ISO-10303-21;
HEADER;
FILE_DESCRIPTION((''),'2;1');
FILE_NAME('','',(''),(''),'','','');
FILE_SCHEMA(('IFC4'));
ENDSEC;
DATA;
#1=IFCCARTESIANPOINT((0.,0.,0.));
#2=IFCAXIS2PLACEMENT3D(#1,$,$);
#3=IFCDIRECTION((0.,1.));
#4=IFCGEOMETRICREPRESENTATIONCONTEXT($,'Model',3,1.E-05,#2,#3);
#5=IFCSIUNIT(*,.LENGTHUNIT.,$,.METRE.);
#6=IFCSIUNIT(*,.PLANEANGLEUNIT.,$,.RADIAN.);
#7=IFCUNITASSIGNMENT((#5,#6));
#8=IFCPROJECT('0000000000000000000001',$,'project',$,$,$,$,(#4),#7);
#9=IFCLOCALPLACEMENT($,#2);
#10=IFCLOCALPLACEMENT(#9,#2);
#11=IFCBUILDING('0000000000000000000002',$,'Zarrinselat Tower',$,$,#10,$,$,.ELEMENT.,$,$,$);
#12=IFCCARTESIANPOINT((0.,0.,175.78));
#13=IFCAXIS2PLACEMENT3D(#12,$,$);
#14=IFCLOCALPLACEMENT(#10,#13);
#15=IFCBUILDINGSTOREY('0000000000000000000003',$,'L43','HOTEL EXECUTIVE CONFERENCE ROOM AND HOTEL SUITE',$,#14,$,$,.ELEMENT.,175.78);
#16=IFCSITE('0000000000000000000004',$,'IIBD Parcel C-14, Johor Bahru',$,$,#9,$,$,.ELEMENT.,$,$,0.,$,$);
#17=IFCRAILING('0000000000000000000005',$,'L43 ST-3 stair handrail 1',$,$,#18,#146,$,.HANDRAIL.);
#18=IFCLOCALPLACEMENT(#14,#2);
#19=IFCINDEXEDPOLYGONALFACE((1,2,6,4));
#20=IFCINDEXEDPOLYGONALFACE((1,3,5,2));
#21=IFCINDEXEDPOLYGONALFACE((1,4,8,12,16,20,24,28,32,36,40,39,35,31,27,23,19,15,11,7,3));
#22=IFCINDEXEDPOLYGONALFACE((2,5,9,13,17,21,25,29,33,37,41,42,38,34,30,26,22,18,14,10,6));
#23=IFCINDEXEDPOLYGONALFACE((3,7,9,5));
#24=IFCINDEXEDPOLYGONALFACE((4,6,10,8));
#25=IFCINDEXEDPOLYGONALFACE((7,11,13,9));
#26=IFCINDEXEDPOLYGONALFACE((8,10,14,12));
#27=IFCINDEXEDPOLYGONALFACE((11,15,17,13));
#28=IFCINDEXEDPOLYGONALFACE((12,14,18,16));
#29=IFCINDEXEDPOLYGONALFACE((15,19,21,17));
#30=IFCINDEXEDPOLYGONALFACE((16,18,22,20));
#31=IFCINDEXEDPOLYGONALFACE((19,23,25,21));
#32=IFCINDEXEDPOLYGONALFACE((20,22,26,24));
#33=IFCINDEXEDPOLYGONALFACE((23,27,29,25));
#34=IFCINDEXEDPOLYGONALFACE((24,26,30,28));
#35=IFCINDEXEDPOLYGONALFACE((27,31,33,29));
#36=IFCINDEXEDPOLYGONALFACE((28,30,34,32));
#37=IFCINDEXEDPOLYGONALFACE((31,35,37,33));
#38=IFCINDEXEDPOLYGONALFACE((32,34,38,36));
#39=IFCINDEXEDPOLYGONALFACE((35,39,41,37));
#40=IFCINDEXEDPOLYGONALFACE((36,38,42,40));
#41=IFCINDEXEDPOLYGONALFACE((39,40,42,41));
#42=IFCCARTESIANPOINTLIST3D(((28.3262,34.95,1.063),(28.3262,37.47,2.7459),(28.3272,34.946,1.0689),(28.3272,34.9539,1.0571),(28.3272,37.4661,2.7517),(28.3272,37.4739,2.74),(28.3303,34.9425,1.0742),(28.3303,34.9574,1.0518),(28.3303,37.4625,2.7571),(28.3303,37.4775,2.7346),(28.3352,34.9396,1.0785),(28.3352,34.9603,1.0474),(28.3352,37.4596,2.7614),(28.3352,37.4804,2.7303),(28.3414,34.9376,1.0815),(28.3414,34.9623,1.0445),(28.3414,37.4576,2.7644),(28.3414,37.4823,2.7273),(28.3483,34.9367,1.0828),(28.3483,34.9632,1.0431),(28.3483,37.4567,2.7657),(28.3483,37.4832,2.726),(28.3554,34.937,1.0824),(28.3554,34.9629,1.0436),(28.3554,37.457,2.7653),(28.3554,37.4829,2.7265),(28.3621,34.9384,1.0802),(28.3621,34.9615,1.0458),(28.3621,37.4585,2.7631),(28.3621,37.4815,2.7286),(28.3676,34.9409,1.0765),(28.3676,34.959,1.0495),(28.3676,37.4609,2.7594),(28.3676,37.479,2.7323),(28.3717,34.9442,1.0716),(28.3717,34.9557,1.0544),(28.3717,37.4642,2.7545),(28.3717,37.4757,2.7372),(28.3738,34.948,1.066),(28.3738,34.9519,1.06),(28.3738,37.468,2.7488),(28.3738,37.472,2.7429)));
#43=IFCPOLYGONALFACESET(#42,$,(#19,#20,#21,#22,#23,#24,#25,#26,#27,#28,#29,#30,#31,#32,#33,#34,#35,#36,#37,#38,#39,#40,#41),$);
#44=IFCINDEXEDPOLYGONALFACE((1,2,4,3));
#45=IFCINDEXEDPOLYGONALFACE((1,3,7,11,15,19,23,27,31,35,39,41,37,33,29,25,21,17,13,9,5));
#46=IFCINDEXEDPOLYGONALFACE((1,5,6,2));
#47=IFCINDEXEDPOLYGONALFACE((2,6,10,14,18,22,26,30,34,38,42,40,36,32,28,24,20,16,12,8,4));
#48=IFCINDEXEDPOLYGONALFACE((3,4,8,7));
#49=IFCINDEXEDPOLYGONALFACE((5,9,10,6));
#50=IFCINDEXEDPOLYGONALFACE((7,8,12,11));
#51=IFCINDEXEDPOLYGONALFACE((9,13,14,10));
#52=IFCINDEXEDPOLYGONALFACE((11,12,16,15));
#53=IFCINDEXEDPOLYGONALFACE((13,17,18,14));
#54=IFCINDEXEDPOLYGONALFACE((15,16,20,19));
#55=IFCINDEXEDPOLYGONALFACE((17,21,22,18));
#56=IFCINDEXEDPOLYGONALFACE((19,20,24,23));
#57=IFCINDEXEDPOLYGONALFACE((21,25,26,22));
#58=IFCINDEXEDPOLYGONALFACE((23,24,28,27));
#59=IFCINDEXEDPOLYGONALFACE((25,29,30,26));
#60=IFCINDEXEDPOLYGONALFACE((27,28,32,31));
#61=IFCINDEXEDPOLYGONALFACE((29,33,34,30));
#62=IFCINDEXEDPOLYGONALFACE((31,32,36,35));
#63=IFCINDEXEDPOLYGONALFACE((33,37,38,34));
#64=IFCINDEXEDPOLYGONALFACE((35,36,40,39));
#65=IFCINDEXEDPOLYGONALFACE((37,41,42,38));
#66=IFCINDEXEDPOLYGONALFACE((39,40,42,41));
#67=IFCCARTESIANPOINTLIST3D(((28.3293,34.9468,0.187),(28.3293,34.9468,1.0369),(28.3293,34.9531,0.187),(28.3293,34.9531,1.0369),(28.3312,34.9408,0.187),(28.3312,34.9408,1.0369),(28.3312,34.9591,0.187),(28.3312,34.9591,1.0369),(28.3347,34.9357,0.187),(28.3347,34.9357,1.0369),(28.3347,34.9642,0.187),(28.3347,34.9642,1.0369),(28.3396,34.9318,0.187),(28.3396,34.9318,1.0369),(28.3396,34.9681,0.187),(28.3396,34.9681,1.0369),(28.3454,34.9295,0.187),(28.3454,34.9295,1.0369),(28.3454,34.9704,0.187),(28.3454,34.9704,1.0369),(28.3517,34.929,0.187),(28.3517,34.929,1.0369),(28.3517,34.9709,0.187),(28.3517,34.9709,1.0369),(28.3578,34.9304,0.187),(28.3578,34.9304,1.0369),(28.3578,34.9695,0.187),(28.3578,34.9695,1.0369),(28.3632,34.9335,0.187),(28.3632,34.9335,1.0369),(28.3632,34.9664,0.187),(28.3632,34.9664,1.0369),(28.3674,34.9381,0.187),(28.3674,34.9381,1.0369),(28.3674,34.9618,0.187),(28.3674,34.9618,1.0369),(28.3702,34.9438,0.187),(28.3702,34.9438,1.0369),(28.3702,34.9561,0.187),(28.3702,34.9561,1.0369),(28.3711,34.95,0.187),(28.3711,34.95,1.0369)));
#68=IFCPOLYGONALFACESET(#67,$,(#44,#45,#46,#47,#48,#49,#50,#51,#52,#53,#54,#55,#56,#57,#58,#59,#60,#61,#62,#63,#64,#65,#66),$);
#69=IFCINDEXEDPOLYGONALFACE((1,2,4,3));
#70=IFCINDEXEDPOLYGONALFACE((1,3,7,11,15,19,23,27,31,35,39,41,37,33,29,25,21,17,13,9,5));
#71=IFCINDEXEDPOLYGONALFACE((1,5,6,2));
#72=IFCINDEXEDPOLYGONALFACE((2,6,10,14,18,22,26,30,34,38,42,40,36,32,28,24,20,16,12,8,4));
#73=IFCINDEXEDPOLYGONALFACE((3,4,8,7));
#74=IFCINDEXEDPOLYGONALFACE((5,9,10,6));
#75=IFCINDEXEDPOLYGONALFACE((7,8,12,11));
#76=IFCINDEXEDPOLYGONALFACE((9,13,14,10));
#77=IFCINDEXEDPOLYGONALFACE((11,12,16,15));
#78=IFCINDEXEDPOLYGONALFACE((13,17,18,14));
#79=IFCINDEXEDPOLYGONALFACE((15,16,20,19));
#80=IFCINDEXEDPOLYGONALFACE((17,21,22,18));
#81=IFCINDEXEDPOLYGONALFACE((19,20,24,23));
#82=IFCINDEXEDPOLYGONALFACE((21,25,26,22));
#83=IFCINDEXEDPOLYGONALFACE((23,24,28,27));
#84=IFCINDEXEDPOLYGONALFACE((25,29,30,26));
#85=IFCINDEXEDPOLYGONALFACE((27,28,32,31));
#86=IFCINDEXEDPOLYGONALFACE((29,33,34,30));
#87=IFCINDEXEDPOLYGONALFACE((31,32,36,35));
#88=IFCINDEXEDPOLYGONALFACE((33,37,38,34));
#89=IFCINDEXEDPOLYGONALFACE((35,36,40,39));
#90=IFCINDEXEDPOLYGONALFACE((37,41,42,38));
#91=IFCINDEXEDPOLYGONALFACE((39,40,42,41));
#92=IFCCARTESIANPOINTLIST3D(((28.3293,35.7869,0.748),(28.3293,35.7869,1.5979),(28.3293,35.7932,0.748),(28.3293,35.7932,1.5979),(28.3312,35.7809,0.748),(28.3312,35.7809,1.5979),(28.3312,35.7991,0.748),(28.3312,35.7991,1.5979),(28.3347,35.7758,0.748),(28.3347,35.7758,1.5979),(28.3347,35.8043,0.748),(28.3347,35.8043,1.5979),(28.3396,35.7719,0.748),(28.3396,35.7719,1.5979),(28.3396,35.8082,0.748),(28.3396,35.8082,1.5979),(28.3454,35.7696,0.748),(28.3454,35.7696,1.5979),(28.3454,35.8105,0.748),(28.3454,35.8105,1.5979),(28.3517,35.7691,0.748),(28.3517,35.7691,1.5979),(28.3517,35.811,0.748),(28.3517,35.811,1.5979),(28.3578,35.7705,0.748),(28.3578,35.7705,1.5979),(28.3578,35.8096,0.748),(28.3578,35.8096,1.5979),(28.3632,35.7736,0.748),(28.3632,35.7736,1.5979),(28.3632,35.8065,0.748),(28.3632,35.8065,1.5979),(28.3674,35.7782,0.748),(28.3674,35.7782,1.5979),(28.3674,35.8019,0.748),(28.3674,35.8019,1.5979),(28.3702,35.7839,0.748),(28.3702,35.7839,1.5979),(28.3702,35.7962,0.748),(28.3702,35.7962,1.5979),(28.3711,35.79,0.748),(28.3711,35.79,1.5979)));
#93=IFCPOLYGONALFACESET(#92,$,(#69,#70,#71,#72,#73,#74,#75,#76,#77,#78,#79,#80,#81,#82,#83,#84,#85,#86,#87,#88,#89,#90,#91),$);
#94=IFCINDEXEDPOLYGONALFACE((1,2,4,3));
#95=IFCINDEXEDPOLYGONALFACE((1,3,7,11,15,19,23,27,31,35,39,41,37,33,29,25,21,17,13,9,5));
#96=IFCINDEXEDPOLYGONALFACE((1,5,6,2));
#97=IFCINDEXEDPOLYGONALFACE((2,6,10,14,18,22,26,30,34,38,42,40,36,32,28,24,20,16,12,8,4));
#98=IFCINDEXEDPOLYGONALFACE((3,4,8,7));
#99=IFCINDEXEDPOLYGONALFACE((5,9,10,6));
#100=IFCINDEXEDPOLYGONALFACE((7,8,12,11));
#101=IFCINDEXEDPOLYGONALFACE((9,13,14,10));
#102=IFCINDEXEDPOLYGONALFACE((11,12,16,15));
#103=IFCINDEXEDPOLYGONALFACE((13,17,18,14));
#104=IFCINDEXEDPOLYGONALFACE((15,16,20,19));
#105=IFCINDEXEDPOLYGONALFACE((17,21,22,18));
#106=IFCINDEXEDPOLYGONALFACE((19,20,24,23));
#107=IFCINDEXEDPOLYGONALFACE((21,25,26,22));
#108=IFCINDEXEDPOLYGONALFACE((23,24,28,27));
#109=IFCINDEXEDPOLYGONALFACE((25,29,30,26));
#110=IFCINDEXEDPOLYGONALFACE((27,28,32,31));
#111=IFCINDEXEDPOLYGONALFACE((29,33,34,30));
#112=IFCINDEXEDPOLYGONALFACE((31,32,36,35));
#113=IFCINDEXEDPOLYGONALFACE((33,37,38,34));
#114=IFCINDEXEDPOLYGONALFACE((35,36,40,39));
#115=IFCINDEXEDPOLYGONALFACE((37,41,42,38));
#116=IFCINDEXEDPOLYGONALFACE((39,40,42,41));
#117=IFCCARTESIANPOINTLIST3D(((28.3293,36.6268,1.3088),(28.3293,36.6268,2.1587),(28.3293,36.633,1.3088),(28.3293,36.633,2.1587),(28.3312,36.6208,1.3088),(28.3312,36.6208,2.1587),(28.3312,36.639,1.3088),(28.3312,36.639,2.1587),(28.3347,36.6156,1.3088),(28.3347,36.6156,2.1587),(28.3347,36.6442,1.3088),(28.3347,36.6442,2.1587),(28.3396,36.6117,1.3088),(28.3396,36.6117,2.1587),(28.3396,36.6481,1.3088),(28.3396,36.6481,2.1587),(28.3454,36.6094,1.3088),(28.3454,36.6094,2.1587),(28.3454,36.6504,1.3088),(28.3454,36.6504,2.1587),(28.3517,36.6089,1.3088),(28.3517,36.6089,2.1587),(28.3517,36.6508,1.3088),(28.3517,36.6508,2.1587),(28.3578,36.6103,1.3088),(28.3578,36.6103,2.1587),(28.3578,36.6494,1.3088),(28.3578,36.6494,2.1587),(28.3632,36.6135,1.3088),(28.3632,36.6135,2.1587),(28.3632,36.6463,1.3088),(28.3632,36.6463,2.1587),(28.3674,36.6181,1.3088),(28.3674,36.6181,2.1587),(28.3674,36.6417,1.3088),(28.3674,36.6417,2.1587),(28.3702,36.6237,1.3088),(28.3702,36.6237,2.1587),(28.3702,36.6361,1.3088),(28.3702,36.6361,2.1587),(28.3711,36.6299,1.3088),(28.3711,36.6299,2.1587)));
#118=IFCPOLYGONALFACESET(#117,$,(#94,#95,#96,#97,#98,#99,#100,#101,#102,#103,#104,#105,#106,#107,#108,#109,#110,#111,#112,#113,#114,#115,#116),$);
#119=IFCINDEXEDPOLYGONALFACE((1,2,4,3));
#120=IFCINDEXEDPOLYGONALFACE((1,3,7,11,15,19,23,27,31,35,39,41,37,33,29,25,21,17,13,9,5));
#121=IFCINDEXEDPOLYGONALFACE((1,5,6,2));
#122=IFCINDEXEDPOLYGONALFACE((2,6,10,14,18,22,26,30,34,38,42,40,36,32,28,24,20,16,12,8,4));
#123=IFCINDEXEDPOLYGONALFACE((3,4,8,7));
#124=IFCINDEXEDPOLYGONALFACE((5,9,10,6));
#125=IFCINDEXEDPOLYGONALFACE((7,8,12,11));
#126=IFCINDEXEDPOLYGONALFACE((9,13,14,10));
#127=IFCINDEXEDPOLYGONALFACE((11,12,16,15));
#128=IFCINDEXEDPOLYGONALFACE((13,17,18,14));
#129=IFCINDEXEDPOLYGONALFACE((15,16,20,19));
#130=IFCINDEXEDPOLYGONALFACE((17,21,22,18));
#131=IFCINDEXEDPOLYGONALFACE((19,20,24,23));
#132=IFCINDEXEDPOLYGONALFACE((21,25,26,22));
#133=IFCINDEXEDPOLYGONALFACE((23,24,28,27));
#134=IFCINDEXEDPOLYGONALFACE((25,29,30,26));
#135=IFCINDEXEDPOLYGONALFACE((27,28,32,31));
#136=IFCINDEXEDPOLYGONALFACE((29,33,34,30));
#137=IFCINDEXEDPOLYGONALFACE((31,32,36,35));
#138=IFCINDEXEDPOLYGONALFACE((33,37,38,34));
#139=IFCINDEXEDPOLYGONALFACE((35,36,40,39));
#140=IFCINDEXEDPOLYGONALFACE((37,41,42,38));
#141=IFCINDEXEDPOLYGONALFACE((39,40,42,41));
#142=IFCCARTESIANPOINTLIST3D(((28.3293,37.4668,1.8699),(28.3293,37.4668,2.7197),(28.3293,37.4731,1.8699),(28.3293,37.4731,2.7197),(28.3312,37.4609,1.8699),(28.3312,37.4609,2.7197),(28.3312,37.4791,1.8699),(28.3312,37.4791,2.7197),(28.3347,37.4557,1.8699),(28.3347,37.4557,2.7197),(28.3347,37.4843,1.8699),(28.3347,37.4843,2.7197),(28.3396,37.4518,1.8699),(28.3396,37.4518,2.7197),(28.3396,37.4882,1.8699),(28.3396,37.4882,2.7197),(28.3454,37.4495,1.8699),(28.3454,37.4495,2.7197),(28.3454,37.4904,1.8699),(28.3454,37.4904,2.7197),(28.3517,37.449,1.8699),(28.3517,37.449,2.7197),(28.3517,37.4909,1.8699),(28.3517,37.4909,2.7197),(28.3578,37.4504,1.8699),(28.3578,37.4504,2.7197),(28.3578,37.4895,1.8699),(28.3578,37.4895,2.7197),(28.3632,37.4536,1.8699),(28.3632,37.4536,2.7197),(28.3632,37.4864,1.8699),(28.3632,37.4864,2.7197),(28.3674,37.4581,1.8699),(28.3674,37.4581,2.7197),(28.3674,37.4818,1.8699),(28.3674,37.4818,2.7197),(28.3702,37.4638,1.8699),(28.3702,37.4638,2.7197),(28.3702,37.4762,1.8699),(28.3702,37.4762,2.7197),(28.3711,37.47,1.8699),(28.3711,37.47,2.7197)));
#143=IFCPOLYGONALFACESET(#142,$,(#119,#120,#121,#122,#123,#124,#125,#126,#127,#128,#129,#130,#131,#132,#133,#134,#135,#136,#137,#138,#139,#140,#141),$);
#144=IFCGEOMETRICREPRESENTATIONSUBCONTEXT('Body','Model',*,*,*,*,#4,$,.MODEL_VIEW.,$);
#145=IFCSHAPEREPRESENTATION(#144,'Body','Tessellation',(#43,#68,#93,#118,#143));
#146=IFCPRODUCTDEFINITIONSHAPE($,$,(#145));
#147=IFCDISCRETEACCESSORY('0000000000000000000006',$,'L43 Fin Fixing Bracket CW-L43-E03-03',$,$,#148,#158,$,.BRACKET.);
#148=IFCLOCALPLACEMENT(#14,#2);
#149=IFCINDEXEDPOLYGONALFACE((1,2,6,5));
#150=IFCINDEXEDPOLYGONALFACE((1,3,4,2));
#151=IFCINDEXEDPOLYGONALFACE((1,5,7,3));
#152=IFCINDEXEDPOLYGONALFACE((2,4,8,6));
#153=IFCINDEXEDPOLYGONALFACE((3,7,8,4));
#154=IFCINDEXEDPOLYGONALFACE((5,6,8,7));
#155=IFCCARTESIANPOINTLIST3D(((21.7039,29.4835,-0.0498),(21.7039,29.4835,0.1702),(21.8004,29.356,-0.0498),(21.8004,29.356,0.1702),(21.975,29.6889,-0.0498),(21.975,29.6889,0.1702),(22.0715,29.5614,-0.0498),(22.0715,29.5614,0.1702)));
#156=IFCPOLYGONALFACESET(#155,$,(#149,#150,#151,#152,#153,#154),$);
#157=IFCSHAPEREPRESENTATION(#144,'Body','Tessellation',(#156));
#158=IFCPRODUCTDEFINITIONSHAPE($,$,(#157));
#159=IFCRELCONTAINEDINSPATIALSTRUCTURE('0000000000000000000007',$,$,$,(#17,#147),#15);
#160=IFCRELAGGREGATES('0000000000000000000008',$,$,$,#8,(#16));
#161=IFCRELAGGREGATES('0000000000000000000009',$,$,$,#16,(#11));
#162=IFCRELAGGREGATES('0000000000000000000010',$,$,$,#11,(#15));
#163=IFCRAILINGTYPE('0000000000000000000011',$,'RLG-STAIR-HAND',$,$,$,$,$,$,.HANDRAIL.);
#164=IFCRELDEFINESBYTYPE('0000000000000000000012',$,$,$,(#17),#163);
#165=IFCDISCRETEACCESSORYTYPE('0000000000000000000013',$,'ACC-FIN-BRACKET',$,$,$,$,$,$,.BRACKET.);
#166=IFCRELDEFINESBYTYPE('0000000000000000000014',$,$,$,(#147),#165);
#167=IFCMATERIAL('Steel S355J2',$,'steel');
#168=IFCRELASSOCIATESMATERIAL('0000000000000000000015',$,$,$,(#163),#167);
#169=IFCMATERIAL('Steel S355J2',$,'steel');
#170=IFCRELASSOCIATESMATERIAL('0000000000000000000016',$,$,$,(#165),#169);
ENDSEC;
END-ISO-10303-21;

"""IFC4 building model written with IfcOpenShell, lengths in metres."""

from ifc_helpers import new_model, si_unit, direction, frame, origin, origin_2d, place, context, subcontext, project, spatial, rectangle, circle, extrude, material, type_object, element, save


model = new_model("IFC4")

# Units and contexts
model_context = context("Model", 3, precision=1e-05, world=origin(), true_north=direction((0.0, 1.0)))
body_context = subcontext(model_context, "Body", "Model", "MODEL_VIEW")
ifc_project = project(units=[si_unit("LENGTHUNIT", "METRE"), si_unit("PLANEANGLEUNIT", "RADIAN")], contexts=[model_context])

# Site, building, storey
site_placement = place(None, origin())
site = spatial("IfcSite", under=ifc_project, at=site_placement, Name="IIBD Parcel C-14, Johor Bahru", CompositionType="ELEMENT", RefElevation=0.0)
building_placement = place(site_placement, origin())
building = spatial("IfcBuilding", under=site, at=building_placement, Name="Zarrinselat Tower", CompositionType="ELEMENT")
storey_placement = place(building_placement, frame((0.0, 0.0, 175.78)))
storey = spatial("IfcBuildingStorey", under=building, at=storey_placement, Name="L43", Description="HOTEL EXECUTIVE CONFERENCE ROOM AND HOTEL SUITE", CompositionType="ELEMENT", Elevation=175.78)

# Railing
ifc_material_1 = material(Name="Steel S355J2", Category="steel")
railing_type_1 = type_object("IfcRailingType", Name="RLG-STAIR-HAND", PredefinedType="HANDRAIL", material=ifc_material_1)
railing_1_placement = place(storey_placement, frame((28.3501, 34.95, 0.187)))
element("IfcRailing", 1, at=railing_1_placement, inside=storey, type_object=railing_type_1, Name="L43 ST-3 stair handrail 1", PredefinedType="HANDRAIL", context=body_context, shape_type="SweptSolid", body=[
    extrude(circle(Radius=0.0239, at=origin_2d()), frame((0.0, 0.0, 0.876), z_axis=(0.0, 0.831616, 0.555351), x_axis=(-1.0, 0.0, 0.0)), (0.0, 0.0, 1.0), 3.0303),
    extrude(circle(Radius=0.021, at=origin_2d()), origin(), (0.0, 0.0, 1.0), 0.8499),
    extrude(circle(Radius=0.021, at=origin_2d()), frame((0.0, 0.8401, 0.561)), (0.0, 0.0, 1.0), 0.8499),
    extrude(circle(Radius=0.021, at=origin_2d()), frame((0.0, 1.6799, 1.1218)), (0.0, 0.0, 1.0), 0.8499),
    extrude(circle(Radius=0.021, at=origin_2d()), frame((0.0, 2.52, 1.6829)), (0.0, 0.0, 1.0), 0.8499),
])

# Discrete accessory
ifc_material_2 = material(Name="Steel S355J2", Category="steel")
discrete_accessory_type = type_object("IfcDiscreteAccessoryType", Name="ACC-FIN-BRACKET", PredefinedType="BRACKET", material=ifc_material_2)
discrete_accessory_placement = place(storey_placement, frame((21.8877, 29.5225, -0.0498), z_axis=(0.0, 0.0, 1.0), x_axis=(-0.797092, -0.603857, 0.0)))
element("IfcDiscreteAccessory", 2, at=discrete_accessory_placement, inside=storey, type_object=discrete_accessory_type, Name="L43 Fin Fixing Bracket CW-L43-E03-03", PredefinedType="BRACKET", context=body_context, shape_type="SweptSolid", body=[
    extrude(rectangle(XDim=0.3401, YDim=0.1599, at=origin_2d()), origin(), (0.0, 0.0, 1.0), 0.22),
])

save(model, "model.ifc")
